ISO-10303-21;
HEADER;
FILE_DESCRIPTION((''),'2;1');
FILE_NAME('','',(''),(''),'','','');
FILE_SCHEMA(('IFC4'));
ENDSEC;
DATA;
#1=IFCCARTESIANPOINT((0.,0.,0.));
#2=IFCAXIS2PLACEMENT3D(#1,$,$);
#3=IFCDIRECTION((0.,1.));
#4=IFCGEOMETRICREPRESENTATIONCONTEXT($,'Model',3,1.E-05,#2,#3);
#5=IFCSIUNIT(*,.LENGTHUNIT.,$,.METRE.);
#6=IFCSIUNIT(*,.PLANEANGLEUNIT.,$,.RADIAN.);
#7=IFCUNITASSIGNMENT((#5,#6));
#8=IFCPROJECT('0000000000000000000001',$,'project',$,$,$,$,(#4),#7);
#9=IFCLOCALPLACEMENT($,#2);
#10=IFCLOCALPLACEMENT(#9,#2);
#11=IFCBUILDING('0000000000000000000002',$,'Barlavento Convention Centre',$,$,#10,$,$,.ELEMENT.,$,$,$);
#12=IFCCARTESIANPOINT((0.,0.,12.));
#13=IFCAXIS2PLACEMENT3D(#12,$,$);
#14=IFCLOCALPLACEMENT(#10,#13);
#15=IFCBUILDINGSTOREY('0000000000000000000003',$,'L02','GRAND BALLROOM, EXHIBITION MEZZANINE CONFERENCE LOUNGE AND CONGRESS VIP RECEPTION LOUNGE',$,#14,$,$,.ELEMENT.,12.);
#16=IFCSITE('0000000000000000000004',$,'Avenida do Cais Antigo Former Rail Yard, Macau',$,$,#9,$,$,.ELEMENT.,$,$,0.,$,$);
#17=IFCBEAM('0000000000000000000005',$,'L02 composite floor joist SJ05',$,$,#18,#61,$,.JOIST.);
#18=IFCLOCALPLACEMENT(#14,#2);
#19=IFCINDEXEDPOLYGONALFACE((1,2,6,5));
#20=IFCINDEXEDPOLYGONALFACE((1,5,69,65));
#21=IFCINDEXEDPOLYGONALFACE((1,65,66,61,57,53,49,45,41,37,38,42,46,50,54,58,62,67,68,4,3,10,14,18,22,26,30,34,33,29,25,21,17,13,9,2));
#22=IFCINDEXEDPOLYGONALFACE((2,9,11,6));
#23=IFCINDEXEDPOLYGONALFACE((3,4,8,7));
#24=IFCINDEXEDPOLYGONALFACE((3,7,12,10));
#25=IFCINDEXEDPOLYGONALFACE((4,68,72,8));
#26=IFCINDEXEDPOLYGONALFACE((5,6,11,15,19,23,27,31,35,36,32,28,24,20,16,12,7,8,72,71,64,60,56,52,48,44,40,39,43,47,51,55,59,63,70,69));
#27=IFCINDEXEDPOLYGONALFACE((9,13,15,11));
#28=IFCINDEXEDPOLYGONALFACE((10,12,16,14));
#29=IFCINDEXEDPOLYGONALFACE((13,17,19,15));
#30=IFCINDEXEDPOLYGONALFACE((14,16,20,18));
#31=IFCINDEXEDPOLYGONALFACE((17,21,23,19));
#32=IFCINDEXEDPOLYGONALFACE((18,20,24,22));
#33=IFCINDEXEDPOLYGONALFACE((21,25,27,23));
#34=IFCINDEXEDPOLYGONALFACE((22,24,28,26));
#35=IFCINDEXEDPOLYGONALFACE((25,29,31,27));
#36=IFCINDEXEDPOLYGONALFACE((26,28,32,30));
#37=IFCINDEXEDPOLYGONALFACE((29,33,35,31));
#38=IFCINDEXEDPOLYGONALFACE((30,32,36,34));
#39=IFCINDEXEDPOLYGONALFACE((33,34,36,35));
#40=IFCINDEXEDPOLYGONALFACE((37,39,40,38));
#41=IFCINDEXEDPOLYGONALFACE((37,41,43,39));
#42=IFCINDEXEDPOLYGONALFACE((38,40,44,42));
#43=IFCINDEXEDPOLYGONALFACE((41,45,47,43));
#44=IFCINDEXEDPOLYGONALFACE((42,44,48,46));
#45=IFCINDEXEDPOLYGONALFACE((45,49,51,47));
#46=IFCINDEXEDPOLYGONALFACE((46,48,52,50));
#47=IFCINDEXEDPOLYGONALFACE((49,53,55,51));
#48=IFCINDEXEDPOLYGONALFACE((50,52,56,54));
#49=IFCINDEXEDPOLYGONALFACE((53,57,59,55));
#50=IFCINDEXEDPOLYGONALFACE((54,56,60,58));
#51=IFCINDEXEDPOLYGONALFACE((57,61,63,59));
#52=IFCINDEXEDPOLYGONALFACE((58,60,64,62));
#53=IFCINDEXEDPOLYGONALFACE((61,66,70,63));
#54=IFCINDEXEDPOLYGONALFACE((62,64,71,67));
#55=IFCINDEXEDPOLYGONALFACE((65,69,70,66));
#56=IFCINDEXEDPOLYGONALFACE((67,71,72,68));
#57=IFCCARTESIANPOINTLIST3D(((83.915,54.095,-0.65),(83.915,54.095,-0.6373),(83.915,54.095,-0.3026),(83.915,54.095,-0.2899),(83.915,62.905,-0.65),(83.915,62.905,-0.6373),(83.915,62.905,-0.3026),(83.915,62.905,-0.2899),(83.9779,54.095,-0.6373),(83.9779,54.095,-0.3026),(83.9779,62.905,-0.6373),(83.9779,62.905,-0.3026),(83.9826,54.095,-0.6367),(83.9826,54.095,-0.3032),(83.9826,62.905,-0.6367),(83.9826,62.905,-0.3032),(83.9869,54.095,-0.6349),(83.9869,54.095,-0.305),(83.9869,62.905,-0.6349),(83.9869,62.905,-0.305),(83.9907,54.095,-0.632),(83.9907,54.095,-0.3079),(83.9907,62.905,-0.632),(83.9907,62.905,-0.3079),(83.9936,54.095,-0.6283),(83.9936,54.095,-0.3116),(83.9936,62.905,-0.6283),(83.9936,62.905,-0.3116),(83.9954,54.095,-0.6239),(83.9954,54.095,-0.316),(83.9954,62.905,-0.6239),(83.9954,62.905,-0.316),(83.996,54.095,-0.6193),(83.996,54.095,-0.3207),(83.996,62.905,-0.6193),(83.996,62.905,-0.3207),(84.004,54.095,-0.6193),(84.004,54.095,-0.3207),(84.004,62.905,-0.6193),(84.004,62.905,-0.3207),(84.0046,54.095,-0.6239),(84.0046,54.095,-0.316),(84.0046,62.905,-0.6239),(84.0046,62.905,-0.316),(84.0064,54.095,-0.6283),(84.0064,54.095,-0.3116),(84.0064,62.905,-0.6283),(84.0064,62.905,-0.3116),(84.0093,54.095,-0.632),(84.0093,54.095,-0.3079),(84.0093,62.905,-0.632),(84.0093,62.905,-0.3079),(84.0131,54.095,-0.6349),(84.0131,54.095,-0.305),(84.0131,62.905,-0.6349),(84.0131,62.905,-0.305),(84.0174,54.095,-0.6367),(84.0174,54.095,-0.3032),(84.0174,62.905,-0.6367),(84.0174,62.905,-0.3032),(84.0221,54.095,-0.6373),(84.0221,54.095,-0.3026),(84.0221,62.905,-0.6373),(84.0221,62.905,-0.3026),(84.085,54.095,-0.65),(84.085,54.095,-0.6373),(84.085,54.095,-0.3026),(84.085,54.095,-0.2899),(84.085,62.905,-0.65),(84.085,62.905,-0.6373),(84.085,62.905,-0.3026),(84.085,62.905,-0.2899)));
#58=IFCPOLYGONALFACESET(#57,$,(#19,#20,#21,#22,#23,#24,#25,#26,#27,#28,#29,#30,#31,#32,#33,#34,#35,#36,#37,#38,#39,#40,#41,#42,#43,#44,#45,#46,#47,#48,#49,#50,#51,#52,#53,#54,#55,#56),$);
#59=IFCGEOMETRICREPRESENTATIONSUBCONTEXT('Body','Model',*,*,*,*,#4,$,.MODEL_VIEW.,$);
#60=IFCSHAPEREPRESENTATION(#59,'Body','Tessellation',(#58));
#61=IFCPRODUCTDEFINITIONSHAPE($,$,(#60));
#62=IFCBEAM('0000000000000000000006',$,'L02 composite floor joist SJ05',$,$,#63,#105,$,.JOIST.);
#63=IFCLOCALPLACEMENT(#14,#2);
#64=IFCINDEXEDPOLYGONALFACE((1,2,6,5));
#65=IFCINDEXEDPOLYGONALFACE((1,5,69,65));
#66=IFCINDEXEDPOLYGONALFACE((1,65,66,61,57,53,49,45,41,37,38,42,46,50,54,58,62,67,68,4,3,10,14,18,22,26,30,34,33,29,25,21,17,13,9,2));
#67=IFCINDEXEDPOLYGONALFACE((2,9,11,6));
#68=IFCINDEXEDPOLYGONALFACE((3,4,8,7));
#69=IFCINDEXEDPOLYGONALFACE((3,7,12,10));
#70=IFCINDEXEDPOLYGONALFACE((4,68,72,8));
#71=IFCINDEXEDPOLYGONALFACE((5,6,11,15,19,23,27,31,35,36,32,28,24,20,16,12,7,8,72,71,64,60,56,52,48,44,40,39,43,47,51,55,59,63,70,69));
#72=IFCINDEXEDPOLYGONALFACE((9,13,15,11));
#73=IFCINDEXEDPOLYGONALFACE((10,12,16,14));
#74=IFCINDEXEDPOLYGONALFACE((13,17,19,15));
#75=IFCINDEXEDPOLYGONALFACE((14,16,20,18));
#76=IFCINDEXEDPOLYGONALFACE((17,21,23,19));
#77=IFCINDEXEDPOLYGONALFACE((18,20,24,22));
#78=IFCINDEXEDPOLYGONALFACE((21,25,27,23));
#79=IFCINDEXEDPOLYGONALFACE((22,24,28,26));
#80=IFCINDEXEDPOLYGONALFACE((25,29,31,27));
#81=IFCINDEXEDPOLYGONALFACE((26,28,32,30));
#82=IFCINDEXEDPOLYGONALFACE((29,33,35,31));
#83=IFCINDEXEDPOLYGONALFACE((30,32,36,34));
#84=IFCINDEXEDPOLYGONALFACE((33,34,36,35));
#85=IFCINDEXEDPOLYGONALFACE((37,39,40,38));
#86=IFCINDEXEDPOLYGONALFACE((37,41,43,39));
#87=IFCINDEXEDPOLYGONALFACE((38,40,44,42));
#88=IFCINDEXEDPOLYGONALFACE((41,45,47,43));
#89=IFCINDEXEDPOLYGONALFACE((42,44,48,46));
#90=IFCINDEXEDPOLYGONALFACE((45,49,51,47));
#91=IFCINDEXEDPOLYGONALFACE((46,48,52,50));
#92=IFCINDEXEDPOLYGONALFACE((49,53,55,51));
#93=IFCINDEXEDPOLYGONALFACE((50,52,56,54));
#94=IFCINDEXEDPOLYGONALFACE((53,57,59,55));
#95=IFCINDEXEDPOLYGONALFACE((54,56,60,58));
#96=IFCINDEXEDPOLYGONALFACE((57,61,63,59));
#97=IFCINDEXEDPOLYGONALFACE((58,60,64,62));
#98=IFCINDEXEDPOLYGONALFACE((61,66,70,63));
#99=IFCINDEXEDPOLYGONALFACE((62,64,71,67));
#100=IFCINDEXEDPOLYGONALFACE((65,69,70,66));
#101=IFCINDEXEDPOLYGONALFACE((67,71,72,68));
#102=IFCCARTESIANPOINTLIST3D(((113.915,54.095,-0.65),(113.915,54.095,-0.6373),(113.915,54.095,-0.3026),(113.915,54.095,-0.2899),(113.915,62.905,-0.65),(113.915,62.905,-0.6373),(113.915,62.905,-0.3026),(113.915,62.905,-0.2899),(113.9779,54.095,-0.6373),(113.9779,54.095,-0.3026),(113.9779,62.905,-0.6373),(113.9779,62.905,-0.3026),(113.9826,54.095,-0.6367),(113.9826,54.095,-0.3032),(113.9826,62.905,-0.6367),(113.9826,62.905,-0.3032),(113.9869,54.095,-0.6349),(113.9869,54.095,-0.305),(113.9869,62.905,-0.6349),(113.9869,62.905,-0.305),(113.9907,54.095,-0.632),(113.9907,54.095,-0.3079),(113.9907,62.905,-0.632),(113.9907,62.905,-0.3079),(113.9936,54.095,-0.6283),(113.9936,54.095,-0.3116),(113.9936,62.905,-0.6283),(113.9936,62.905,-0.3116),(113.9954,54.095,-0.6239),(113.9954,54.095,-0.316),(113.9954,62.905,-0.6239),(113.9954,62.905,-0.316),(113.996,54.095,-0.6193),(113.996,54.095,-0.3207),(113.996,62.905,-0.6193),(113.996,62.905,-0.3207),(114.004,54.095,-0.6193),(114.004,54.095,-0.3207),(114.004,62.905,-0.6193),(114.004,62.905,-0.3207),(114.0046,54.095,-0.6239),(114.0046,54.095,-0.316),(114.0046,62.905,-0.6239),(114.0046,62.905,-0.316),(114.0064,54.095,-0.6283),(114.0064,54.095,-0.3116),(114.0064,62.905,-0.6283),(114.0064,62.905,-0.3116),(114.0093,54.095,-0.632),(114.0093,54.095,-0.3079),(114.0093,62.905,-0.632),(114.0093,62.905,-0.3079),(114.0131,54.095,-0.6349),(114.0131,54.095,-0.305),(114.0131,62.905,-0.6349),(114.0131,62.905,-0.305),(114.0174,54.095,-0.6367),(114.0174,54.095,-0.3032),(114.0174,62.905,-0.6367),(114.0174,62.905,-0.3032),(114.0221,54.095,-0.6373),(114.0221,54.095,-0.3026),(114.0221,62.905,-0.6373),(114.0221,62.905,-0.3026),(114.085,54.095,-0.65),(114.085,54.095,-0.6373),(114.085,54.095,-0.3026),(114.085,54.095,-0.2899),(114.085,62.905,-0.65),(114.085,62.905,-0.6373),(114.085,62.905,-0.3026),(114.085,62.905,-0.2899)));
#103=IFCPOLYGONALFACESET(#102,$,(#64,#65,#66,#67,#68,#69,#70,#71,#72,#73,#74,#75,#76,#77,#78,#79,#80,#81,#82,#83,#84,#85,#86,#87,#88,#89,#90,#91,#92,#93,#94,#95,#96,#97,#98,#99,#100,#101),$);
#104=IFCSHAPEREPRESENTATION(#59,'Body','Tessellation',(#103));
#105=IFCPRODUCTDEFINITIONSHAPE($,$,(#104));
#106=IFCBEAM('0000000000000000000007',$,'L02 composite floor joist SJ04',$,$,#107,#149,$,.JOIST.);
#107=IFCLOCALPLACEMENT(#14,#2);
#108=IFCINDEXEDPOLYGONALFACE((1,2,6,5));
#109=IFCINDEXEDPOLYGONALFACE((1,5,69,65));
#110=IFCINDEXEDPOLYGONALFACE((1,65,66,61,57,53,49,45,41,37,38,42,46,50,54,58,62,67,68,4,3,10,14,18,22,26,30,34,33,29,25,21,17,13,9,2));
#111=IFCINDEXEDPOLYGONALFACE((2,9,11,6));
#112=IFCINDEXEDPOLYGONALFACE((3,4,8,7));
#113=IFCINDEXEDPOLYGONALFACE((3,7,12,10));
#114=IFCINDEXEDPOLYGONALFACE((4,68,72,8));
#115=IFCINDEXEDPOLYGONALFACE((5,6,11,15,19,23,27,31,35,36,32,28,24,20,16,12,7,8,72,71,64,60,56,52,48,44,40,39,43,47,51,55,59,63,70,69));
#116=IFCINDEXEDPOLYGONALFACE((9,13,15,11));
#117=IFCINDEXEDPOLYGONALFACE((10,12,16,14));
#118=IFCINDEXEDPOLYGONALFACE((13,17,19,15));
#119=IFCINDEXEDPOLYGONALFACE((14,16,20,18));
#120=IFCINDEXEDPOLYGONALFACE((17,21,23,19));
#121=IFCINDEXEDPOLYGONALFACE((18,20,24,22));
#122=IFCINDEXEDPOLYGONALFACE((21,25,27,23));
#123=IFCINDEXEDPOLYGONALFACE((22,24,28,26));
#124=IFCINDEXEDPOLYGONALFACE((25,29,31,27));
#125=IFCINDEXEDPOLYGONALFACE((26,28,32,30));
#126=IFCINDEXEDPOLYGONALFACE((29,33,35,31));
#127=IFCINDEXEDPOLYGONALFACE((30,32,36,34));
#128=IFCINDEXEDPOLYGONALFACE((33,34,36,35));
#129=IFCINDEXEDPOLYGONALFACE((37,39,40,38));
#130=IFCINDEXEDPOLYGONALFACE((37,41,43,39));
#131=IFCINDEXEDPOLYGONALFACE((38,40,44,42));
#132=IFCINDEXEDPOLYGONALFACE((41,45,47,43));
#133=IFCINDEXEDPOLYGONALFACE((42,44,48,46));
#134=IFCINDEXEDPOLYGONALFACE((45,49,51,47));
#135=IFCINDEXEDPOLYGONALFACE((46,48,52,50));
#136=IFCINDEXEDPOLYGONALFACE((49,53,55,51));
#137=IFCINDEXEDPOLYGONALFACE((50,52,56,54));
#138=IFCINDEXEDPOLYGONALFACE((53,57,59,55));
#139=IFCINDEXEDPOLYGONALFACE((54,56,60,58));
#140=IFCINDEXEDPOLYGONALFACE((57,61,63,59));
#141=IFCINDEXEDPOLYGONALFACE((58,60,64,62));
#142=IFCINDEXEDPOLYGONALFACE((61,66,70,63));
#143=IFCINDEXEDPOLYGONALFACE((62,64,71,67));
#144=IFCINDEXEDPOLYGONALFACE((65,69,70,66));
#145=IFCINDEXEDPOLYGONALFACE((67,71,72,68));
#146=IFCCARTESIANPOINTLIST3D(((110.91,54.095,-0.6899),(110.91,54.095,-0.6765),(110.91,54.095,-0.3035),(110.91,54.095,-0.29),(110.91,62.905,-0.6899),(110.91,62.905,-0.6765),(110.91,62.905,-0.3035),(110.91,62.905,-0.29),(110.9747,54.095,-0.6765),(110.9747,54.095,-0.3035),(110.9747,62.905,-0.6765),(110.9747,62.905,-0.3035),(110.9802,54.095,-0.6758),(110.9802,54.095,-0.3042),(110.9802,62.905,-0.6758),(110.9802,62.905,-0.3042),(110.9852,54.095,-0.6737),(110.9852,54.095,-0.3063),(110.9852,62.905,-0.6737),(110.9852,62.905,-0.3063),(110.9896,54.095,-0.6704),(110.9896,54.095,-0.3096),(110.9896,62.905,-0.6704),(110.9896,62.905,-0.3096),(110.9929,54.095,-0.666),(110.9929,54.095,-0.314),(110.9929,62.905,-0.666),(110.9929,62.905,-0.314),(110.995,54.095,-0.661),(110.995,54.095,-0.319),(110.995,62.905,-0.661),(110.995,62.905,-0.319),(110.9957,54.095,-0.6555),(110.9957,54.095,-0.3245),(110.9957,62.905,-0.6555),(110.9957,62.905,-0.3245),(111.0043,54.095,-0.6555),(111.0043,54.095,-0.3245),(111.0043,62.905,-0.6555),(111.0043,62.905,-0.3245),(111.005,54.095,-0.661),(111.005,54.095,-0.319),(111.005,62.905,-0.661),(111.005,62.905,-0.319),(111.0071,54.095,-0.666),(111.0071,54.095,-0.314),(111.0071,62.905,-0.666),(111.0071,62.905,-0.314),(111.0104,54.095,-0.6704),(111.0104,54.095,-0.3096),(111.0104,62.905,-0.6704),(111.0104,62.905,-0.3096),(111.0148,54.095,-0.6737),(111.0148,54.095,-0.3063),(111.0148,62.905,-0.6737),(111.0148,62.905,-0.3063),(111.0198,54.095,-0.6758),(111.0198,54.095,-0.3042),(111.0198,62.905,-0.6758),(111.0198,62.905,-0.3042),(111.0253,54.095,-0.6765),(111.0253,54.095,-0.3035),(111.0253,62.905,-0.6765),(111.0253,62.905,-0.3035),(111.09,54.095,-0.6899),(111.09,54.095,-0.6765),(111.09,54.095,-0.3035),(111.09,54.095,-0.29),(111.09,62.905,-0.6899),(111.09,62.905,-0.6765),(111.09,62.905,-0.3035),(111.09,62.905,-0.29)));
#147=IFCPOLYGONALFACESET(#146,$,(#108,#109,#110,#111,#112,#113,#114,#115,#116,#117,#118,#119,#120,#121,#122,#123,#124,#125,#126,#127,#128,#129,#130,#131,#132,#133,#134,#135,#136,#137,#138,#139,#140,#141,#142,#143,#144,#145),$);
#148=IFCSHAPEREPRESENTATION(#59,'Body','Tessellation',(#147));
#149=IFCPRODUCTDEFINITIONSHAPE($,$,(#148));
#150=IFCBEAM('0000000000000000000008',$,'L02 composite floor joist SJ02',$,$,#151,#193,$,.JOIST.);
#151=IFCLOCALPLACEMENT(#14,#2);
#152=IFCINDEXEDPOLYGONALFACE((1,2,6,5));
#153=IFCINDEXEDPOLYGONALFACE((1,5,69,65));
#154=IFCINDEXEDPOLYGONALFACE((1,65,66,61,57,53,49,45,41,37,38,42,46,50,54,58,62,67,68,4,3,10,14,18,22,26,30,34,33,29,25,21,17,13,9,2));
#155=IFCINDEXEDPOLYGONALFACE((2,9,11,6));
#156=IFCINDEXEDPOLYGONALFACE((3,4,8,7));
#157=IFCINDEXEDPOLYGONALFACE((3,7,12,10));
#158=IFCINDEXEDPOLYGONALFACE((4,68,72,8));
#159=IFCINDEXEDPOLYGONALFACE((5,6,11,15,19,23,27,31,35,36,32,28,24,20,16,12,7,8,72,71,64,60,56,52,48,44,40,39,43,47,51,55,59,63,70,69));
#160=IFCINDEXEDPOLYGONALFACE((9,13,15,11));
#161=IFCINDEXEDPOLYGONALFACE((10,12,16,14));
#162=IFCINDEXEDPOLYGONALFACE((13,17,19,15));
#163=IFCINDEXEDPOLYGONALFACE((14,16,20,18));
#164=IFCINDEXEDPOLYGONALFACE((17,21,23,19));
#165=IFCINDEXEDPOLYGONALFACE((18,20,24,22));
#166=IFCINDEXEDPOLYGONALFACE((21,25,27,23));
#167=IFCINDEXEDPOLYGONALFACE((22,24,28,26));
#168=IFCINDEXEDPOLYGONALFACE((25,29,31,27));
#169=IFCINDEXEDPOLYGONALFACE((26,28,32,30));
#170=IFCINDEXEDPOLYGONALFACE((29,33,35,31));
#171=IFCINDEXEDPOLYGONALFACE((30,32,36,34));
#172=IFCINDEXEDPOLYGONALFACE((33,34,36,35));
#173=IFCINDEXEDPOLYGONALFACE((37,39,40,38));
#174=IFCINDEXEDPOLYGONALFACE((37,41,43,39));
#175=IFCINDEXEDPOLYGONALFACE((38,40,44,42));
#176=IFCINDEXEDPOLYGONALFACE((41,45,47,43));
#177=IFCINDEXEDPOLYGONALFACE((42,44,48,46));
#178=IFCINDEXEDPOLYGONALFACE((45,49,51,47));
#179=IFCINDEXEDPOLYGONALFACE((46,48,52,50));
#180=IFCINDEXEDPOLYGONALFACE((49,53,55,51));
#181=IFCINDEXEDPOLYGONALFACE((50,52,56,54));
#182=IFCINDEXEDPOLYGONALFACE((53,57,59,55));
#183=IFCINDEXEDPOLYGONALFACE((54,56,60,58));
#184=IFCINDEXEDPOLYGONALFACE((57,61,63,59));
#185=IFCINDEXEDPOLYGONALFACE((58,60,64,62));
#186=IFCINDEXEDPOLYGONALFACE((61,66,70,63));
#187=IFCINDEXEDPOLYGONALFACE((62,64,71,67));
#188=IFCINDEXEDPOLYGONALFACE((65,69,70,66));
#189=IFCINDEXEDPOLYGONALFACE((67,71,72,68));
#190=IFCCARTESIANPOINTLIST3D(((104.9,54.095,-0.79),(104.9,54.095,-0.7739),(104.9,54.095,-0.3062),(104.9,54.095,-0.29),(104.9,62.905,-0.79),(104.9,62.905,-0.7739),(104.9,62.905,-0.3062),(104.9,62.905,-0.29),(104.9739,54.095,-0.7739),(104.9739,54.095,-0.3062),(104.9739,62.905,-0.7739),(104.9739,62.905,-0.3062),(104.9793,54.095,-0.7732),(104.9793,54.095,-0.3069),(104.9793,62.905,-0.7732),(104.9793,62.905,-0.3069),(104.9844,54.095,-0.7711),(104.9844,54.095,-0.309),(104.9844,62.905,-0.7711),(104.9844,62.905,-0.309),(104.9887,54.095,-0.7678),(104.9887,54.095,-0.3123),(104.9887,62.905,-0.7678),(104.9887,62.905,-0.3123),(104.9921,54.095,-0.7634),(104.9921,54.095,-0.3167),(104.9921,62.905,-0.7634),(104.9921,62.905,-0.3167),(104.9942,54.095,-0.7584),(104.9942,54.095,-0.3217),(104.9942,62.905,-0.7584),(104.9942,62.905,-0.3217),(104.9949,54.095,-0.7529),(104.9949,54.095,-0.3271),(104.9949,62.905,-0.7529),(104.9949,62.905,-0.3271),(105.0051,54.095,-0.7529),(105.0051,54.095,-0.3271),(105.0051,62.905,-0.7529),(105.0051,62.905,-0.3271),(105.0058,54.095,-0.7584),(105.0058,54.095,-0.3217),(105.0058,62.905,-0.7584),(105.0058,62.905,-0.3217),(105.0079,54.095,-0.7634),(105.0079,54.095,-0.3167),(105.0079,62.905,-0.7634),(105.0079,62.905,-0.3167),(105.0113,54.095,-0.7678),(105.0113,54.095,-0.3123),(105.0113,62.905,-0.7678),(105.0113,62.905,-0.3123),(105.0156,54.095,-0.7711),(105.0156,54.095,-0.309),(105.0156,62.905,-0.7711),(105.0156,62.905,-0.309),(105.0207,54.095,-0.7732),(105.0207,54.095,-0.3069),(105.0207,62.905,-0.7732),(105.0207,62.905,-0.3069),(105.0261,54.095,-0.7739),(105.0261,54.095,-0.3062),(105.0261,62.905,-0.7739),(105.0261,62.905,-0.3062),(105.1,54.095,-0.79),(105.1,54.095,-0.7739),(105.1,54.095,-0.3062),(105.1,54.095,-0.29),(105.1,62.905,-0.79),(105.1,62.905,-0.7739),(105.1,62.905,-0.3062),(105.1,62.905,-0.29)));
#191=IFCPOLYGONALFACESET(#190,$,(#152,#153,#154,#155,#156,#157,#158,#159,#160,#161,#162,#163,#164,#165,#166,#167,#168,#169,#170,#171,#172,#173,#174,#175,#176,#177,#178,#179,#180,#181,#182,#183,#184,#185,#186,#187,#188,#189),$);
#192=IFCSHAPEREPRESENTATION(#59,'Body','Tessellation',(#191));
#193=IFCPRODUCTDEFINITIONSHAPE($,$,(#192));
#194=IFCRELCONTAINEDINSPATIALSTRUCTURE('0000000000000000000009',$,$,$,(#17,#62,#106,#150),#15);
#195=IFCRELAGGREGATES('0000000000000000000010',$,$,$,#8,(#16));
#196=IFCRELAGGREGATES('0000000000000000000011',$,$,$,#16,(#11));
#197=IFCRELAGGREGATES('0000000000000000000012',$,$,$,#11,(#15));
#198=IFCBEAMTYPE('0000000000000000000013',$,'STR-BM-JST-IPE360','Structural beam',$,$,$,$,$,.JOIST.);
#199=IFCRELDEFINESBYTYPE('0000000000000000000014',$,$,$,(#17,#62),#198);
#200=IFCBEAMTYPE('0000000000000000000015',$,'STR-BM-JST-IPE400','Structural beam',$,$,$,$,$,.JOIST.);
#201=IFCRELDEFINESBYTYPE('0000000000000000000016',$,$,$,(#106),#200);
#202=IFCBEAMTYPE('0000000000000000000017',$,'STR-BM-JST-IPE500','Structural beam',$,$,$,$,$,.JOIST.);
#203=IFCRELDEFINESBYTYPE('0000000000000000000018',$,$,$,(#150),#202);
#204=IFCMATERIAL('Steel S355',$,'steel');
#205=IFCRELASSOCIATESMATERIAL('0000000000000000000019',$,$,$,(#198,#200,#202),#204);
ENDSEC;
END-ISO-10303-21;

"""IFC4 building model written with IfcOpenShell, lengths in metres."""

from ifc_helpers import new_model, si_unit, direction, frame, origin, origin_2d, place, context, subcontext, project, spatial, i_section, extrude, material, material_profile, profile_set, type_object, element, save


model = new_model("IFC4")

# Units and contexts
model_context = context("Model", 3, precision=1e-05, world=origin(), true_north=direction((0.0, 1.0)))
body_context = subcontext(model_context, "Body", "Model", "MODEL_VIEW")
ifc_project = project(units=[si_unit("LENGTHUNIT", "METRE"), si_unit("PLANEANGLEUNIT", "RADIAN")], contexts=[model_context])

# Site, building, storey
site_placement = place(None, origin())
site = spatial("IfcSite", under=ifc_project, at=site_placement, Name="Avenida do Cais Antigo Former Rail Yard, Macau", CompositionType="ELEMENT", RefElevation=0.0)
building_placement = place(site_placement, origin())
building = spatial("IfcBuilding", under=site, at=building_placement, Name="Barlavento Convention Centre", CompositionType="ELEMENT")
storey_placement = place(building_placement, frame((0.0, 0.0, 12.0)))
storey = spatial("IfcBuildingStorey", under=building, at=storey_placement, Name="L02", Description="GRAND BALLROOM, EXHIBITION MEZZANINE CONFERENCE LOUNGE AND CONGRESS VIP RECEPTION LOUNGE", CompositionType="ELEMENT", Elevation=12.0)

# Shared definitions
ifc_material_1 = material(Name="Steel S355", Category="steel")

# Beams
ifc_material_profile_1 = material_profile(ifc_material_1, i_section(OverallWidth=0.1699, OverallDepth=0.3601, WebThickness=0.0081, FlangeThickness=0.0127, FilletRadius=0.0181, at=origin_2d()), Name="IPE 360")
ifc_profile_set_1 = profile_set([ifc_material_profile_1], Name="Steel S355")
beam_type_1 = type_object("IfcBeamType", Name="STR-BM-JST-IPE360", Description="Structural beam", PredefinedType="JOIST", material=ifc_profile_set_1)
for number, where, z_axis, x_axis, name in (
    (1, (84.0, 54.095, -0.47), (0.0, 1.0, 0.0), (-1.0, 0.0, 0.0), "L02 composite floor joist SJ05"),
    (2, (114.0, 54.095, -0.47), (0.0, 1.0, 0.0), (-1.0, 0.0, 0.0), "L02 composite floor joist SJ05"),
):
    element("IfcBeam", number, at=place(storey_placement, frame(where, z_axis=z_axis, x_axis=x_axis)), inside=storey, type_object=beam_type_1, Name=name, PredefinedType="JOIST", context=body_context, shape_type="SweptSolid", body=[
        extrude(i_section(OverallWidth=0.1699, OverallDepth=0.3601, WebThickness=0.0081, FlangeThickness=0.0127, FilletRadius=0.0181, at=origin_2d()), origin(), (0.0, 0.0, 1.0), 8.8101),
    ])
ifc_material_profile_2 = material_profile(ifc_material_1, i_section(OverallWidth=0.1799, OverallDepth=0.3999, WebThickness=0.0085, FlangeThickness=0.0134, FilletRadius=0.021, at=origin_2d()), Name="IPE 400")
ifc_profile_set_2 = profile_set([ifc_material_profile_2], Name="Steel S355")
beam_type_2 = type_object("IfcBeamType", Name="STR-BM-JST-IPE400", Description="Structural beam", PredefinedType="JOIST", material=ifc_profile_set_2)
beam_1_placement = place(storey_placement, frame((111.0, 54.095, -0.49), z_axis=(0.0, 1.0, 0.0), x_axis=(-1.0, 0.0, 0.0)))
element("IfcBeam", 3, at=beam_1_placement, inside=storey, type_object=beam_type_2, Name="L02 composite floor joist SJ04", PredefinedType="JOIST", context=body_context, shape_type="SweptSolid", body=[
    extrude(i_section(OverallWidth=0.1799, OverallDepth=0.3999, WebThickness=0.0085, FlangeThickness=0.0134, FilletRadius=0.021, at=origin_2d()), origin(), (0.0, 0.0, 1.0), 8.8101),
])
ifc_material_profile_3 = material_profile(ifc_material_1, i_section(OverallWidth=0.2, OverallDepth=0.5, WebThickness=0.0103, FlangeThickness=0.0161, FilletRadius=0.021, at=origin_2d()), Name="IPE 500")
ifc_profile_set_3 = profile_set([ifc_material_profile_3], Name="Steel S355")
beam_type_3 = type_object("IfcBeamType", Name="STR-BM-JST-IPE500", Description="Structural beam", PredefinedType="JOIST", material=ifc_profile_set_3)
beam_2_placement = place(storey_placement, frame((105.0, 54.095, -0.54), z_axis=(0.0, 1.0, 0.0), x_axis=(-1.0, 0.0, 0.0)))
element("IfcBeam", 4, at=beam_2_placement, inside=storey, type_object=beam_type_3, Name="L02 composite floor joist SJ02", PredefinedType="JOIST", context=body_context, shape_type="SweptSolid", body=[
    extrude(i_section(OverallWidth=0.2, OverallDepth=0.5, WebThickness=0.0103, FlangeThickness=0.0161, FilletRadius=0.021, at=origin_2d()), origin(), (0.0, 0.0, 1.0), 8.8101),
])

save(model, "model.ifc")
